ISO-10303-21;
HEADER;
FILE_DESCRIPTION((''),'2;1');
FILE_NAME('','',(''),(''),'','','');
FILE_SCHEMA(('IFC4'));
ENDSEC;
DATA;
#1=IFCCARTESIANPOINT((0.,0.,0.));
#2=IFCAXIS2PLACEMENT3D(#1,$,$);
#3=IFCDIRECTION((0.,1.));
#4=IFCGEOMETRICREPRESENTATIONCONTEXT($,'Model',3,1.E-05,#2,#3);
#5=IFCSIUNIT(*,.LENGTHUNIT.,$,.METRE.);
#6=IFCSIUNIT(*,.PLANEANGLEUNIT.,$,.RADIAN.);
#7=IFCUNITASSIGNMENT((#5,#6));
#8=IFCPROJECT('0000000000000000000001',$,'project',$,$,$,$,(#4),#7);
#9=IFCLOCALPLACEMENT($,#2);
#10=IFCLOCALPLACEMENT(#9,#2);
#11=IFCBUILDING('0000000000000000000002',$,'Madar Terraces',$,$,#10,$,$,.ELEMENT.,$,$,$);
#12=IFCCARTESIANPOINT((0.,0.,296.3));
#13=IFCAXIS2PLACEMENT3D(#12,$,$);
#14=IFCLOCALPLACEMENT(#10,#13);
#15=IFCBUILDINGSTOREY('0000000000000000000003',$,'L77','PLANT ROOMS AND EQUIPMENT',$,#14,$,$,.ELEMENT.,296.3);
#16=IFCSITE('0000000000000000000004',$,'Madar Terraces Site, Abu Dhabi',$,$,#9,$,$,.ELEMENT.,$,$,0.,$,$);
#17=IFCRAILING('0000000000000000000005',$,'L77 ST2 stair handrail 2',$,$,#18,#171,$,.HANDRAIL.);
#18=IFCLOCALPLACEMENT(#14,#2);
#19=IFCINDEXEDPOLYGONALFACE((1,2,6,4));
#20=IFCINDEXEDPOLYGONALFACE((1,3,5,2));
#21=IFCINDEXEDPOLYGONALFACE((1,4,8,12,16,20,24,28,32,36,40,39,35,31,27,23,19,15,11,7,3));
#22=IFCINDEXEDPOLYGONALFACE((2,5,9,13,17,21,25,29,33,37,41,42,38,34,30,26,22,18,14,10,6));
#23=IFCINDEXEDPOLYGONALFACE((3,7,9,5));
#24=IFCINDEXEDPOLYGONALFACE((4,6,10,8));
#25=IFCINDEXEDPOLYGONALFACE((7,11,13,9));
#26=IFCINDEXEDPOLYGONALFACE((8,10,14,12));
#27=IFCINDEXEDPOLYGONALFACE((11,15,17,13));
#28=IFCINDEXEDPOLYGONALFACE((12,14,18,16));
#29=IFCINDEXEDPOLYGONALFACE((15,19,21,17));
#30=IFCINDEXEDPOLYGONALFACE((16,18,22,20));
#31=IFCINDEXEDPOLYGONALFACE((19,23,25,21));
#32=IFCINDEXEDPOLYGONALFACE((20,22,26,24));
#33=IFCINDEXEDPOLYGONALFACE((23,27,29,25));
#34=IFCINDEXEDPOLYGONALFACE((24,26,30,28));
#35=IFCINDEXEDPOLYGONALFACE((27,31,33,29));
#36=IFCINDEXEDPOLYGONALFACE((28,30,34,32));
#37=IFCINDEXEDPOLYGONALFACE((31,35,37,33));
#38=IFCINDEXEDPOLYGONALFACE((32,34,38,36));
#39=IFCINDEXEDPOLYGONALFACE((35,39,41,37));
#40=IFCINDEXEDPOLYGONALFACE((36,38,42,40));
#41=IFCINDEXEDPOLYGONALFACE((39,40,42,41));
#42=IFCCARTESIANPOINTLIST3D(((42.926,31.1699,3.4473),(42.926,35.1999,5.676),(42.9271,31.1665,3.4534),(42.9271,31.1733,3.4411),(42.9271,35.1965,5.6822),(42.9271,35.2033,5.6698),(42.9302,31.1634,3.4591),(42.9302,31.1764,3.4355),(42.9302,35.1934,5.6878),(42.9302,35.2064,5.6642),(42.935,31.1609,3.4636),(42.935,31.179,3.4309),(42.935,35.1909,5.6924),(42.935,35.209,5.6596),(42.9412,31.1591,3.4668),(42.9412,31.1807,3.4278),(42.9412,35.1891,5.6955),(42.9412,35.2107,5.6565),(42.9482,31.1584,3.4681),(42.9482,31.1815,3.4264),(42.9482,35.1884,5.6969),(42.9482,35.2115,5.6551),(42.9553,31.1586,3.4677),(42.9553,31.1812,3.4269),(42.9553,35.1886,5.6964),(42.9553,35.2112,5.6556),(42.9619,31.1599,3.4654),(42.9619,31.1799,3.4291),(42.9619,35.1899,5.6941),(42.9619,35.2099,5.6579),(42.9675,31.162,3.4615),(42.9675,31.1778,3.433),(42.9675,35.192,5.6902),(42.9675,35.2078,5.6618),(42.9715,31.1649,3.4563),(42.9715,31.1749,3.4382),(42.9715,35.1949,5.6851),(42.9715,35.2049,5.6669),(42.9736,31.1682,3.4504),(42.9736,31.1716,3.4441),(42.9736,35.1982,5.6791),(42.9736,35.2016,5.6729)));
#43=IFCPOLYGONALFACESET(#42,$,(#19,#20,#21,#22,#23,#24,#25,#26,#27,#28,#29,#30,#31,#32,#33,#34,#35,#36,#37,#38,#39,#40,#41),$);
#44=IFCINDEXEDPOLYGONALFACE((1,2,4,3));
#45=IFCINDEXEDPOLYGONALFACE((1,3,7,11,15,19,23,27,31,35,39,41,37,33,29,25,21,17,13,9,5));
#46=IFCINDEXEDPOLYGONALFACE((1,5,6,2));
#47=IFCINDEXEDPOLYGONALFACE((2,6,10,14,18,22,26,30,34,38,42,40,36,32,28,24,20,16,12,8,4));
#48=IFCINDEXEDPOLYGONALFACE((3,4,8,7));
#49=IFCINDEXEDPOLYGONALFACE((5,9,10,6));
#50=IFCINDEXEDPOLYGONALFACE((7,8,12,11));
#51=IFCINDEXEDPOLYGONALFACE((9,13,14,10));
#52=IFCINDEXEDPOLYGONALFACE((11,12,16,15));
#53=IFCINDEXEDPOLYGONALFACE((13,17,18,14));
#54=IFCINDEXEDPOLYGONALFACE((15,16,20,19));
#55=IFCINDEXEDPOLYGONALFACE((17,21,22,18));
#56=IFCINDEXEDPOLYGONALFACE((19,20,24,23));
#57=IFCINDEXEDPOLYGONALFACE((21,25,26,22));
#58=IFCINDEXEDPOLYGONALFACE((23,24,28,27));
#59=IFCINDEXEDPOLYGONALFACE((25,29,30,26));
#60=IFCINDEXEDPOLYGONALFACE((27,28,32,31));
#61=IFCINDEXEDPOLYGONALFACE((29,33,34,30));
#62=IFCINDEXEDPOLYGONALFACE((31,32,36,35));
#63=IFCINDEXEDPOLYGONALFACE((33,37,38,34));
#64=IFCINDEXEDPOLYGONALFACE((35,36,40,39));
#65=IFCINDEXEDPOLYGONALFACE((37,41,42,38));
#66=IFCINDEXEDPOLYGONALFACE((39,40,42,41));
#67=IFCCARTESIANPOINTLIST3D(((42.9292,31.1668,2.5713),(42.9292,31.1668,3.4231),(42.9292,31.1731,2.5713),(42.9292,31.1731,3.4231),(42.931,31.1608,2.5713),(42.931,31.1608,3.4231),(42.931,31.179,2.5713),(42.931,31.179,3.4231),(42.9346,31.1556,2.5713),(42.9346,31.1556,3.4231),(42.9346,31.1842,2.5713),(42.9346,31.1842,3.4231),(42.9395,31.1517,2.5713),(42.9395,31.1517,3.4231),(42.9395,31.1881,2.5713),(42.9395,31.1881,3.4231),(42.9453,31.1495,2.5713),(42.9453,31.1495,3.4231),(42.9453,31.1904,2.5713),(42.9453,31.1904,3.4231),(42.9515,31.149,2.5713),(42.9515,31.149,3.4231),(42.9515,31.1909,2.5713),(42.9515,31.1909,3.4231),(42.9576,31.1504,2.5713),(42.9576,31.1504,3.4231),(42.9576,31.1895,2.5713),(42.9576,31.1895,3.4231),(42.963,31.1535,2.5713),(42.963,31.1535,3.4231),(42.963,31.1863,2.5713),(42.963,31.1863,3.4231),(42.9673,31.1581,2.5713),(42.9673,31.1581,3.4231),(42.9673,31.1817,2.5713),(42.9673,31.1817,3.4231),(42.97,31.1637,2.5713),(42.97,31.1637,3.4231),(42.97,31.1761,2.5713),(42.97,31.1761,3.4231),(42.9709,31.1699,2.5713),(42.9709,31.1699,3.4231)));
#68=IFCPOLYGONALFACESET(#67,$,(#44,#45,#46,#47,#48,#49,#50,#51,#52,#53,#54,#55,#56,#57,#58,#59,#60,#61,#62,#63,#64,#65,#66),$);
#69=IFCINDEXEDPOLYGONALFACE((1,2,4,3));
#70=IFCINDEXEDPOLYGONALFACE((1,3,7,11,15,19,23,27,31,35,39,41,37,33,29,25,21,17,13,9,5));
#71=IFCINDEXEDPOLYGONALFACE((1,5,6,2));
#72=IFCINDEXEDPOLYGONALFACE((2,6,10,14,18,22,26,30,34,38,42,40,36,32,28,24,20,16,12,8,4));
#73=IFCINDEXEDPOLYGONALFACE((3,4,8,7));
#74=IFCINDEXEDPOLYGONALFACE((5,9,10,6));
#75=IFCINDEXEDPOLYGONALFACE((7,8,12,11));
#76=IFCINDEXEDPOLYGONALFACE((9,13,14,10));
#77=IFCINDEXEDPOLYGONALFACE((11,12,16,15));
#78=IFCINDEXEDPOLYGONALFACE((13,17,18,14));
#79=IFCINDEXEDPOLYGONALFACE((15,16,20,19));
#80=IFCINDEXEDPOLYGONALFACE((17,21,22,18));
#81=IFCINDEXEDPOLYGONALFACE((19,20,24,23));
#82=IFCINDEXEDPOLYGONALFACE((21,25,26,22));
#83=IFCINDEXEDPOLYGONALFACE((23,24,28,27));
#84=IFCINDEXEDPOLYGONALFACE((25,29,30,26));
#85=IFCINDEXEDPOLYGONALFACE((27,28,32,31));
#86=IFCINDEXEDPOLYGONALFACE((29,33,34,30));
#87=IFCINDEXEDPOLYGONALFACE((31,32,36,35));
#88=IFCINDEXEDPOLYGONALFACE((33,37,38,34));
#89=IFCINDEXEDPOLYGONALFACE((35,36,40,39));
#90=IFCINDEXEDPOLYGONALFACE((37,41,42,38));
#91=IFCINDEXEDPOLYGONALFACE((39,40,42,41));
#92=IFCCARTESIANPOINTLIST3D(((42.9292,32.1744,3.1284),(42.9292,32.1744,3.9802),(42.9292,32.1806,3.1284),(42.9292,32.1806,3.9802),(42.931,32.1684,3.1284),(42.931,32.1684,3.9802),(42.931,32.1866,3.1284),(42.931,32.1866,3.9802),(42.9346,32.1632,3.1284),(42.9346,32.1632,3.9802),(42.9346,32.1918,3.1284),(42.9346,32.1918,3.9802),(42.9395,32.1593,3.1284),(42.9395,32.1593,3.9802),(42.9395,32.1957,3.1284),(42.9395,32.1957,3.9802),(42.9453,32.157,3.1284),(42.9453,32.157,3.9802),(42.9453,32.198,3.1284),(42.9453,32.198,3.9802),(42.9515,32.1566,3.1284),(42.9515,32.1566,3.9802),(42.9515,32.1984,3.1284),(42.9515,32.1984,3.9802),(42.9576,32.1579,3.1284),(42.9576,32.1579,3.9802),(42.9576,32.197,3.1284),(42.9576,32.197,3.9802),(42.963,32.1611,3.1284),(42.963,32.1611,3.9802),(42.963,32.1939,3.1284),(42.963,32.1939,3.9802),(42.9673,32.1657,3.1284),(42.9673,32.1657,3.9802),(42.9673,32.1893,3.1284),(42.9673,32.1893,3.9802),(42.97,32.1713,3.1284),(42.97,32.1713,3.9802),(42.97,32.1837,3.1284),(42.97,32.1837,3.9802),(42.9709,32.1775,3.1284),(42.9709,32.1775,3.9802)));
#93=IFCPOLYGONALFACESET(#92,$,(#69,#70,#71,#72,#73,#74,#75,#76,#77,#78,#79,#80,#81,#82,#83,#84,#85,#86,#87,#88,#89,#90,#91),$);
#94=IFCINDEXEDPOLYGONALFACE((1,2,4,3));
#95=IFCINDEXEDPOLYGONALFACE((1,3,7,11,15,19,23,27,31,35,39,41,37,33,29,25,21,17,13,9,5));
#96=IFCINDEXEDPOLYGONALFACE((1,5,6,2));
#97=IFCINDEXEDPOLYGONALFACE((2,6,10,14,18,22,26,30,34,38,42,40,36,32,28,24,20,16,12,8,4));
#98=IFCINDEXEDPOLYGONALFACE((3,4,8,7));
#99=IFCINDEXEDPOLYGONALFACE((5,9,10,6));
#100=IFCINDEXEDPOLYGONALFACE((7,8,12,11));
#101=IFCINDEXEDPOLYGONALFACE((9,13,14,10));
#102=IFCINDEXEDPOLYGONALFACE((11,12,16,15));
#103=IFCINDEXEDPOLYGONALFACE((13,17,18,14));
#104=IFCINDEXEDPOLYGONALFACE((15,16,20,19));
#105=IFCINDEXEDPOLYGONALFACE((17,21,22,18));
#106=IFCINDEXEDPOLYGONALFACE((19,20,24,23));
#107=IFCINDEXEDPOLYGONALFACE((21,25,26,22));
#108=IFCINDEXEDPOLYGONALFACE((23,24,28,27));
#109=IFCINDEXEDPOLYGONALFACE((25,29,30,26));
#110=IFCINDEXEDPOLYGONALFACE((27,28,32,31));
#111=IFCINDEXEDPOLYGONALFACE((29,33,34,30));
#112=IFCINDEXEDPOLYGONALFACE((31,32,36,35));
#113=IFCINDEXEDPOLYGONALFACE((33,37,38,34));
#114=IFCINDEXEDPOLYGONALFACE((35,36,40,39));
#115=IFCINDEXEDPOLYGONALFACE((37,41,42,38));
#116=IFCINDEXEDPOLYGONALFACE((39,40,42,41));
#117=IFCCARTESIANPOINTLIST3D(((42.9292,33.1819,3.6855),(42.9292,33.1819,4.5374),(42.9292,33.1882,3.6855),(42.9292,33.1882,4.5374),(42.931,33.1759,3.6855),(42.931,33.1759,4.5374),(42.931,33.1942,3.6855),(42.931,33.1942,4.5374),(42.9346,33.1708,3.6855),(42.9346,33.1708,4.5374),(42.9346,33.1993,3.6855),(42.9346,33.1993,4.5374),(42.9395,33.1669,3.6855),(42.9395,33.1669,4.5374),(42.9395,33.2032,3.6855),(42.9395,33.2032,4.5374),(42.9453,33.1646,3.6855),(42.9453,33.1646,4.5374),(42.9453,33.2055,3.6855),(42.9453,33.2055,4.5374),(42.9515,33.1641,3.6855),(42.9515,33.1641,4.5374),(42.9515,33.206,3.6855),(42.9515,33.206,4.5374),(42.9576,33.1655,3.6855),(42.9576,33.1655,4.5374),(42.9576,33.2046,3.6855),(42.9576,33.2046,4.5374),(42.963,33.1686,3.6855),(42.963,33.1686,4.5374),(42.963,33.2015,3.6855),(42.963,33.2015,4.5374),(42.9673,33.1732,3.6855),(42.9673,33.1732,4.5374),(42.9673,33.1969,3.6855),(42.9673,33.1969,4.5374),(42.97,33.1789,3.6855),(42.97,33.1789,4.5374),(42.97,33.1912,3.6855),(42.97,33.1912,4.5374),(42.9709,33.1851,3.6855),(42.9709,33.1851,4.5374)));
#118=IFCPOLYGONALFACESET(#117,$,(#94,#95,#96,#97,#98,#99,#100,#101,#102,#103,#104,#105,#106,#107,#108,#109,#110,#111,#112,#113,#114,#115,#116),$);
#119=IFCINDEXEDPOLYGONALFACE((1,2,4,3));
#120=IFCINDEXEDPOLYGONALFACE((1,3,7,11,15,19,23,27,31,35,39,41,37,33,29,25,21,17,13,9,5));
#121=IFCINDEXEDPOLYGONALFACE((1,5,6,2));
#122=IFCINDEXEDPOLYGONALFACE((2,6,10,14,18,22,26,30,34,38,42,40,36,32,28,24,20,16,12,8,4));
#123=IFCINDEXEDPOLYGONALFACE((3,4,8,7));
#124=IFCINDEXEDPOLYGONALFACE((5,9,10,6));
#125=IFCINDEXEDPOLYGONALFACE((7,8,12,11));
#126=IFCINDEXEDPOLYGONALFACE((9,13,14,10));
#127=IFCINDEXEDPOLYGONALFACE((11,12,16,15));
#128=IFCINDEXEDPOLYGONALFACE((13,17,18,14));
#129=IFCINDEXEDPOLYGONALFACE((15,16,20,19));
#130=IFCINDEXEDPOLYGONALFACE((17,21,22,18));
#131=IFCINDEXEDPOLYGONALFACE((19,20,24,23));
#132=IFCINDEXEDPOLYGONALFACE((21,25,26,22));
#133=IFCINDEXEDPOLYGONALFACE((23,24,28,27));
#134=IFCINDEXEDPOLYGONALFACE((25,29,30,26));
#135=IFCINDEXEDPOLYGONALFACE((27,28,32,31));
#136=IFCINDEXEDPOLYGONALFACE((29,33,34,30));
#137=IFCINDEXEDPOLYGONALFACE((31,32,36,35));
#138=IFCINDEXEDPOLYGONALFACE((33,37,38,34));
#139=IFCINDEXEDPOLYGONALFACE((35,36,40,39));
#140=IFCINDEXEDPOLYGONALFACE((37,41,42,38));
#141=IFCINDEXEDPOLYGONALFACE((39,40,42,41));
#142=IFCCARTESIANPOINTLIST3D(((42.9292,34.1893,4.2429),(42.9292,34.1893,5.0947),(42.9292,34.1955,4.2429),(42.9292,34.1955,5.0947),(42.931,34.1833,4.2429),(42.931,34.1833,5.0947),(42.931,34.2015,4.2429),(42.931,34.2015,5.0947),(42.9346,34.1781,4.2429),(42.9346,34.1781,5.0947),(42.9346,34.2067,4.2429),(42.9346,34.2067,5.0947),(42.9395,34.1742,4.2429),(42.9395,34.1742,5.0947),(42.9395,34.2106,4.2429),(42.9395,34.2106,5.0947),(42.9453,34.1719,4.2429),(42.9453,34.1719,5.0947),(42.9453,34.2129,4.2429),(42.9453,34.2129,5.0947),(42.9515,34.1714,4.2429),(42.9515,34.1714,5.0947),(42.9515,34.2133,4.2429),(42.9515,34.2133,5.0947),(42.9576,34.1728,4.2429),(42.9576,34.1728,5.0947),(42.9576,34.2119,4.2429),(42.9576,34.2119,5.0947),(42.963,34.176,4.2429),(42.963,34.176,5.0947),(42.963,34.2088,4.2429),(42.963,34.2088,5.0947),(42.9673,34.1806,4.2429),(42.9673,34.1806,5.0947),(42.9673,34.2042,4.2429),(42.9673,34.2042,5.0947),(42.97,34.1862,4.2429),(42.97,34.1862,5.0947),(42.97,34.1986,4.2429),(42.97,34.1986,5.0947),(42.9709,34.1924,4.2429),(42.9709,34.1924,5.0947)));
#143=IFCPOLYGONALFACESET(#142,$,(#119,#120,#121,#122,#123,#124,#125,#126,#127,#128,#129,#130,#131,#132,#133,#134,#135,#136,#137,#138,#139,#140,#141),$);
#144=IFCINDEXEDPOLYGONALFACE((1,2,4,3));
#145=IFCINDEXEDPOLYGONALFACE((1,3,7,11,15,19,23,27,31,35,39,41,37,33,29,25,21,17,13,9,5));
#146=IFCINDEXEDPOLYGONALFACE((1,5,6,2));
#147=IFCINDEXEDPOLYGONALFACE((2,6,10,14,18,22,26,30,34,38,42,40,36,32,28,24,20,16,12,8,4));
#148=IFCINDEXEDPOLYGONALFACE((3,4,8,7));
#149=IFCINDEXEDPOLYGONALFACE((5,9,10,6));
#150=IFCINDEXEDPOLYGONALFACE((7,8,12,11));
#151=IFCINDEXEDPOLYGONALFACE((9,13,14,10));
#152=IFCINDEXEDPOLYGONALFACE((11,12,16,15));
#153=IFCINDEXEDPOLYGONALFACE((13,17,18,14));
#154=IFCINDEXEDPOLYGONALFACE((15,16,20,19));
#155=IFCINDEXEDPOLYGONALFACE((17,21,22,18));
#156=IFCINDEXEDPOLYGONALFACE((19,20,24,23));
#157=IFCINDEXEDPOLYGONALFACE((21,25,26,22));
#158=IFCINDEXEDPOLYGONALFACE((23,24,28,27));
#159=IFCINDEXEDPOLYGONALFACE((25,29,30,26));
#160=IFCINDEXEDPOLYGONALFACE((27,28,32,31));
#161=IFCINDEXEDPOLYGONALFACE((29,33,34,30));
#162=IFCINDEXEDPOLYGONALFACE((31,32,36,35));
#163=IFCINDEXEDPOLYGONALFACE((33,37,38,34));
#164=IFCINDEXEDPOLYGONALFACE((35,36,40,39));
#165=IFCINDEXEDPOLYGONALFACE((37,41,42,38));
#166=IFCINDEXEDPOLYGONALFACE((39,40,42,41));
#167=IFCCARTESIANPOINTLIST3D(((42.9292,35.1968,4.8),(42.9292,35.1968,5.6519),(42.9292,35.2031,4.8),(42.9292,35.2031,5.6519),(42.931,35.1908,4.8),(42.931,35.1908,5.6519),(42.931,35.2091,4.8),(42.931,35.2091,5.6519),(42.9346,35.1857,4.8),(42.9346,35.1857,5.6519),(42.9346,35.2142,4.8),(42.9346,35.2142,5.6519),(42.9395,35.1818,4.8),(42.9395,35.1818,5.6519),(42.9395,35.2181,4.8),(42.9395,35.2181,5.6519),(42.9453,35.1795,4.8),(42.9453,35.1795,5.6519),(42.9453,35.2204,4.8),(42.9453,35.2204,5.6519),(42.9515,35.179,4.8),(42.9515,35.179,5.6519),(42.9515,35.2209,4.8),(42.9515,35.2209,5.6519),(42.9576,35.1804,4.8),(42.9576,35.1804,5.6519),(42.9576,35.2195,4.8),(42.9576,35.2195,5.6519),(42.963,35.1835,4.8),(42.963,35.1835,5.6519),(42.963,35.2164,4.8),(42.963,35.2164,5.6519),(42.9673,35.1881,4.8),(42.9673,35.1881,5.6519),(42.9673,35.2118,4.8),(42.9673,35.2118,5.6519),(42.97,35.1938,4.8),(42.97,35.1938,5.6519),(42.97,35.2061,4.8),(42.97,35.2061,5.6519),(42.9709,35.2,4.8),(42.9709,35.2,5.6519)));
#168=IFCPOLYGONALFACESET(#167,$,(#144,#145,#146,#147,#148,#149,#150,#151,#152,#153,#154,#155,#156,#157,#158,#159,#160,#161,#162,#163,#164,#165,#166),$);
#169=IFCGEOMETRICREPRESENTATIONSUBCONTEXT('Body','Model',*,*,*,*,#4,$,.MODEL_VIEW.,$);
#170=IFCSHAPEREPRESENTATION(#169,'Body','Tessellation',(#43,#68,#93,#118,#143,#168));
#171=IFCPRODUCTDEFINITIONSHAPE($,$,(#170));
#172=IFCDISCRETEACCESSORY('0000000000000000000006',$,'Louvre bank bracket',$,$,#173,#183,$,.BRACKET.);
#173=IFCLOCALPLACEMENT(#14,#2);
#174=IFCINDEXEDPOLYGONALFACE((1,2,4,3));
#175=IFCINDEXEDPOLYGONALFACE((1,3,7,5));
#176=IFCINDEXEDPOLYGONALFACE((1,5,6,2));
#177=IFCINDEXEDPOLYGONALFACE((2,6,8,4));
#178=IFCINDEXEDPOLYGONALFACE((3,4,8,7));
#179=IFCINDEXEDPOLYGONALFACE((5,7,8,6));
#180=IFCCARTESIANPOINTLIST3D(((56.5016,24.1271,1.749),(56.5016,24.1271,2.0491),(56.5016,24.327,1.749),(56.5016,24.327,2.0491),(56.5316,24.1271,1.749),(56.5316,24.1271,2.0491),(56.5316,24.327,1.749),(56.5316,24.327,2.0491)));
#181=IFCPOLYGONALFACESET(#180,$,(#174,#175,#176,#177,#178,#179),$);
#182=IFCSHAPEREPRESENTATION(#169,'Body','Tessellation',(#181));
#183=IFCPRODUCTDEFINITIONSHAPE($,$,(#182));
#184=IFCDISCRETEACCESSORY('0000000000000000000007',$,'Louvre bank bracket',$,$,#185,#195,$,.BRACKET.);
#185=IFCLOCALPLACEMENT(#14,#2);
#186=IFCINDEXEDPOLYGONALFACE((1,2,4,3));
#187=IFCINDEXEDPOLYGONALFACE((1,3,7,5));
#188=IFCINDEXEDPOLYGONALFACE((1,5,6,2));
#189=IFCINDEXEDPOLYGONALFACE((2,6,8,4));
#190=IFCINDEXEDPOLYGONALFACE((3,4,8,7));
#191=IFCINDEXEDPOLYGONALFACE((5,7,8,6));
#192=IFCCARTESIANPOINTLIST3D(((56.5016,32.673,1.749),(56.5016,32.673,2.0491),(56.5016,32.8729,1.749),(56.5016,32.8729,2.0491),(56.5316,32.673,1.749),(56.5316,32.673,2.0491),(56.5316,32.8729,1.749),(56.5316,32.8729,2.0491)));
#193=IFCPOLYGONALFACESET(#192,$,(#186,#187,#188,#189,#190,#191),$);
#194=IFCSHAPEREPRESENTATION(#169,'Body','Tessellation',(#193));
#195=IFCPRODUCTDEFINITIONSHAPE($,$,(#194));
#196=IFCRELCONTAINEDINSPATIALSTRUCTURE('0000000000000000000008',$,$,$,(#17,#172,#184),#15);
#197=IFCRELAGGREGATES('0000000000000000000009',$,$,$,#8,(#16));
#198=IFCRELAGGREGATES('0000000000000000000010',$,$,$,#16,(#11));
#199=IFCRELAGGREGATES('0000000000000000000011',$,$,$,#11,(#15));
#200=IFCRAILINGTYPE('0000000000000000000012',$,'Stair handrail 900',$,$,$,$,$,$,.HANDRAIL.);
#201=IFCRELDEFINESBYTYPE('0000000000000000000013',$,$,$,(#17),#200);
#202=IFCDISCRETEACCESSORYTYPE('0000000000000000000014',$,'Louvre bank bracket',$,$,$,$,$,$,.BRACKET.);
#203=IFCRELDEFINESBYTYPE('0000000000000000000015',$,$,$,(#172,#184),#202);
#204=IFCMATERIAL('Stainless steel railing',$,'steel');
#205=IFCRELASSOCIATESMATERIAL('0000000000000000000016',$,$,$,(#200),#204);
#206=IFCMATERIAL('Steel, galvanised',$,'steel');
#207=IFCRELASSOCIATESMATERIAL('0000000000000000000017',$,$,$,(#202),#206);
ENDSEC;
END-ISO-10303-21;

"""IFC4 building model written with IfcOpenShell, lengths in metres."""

from ifc_helpers import new_model, si_unit, direction, frame, origin, origin_2d, place, context, subcontext, project, spatial, rectangle, circle, extrude, material, type_object, element, save


model = new_model("IFC4")

# Units and contexts
model_context = context("Model", 3, precision=1e-05, world=origin(), true_north=direction((0.0, 1.0)))
body_context = subcontext(model_context, "Body", "Model", "MODEL_VIEW")
ifc_project = project(units=[si_unit("LENGTHUNIT", "METRE"), si_unit("PLANEANGLEUNIT", "RADIAN")], contexts=[model_context])

# Site, building, storey
site_placement = place(None, origin())
site = spatial("IfcSite", under=ifc_project, at=site_placement, Name="Madar Terraces Site, Abu Dhabi", CompositionType="ELEMENT", RefElevation=0.0)
building_placement = place(site_placement, origin())
building = spatial("IfcBuilding", under=site, at=building_placement, Name="Madar Terraces", CompositionType="ELEMENT")
storey_placement = place(building_placement, frame((0.0, 0.0, 296.3)))
storey = spatial("IfcBuildingStorey", under=building, at=storey_placement, Name="L77", Description="PLANT ROOMS AND EQUIPMENT", CompositionType="ELEMENT", Elevation=296.3)

# Railing
ifc_material_1 = material(Name="Stainless steel railing", Category="steel")
railing_type_1 = type_object("IfcRailingType", Name="Stair handrail 900", PredefinedType="HANDRAIL", material=ifc_material_1)
railing_1_placement = place(storey_placement, frame((42.95, 31.1699, 2.5713)))
element("IfcRailing", 1, at=railing_1_placement, inside=storey, type_object=railing_type_1, Name="L77 ST2 stair handrail 2", PredefinedType="HANDRAIL", context=body_context, shape_type="SweptSolid", body=[
    extrude(circle(Radius=0.0239, at=origin_2d()), frame((0.0, 0.0, 0.876), z_axis=(0.0, 0.875091, 0.483959), x_axis=(-1.0, 0.0, 0.0)), (0.0, 0.0, 1.0), 4.6052),
    extrude(circle(Radius=0.021, at=origin_2d()), origin(), (0.0, 0.0, 1.0), 0.8518),
    extrude(circle(Radius=0.021, at=origin_2d()), frame((0.0, 1.0076, 0.5571)), (0.0, 0.0, 1.0), 0.8518),
    extrude(circle(Radius=0.021, at=origin_2d()), frame((0.0, 2.0151, 1.1143)), (0.0, 0.0, 1.0), 0.8518),
    extrude(circle(Radius=0.021, at=origin_2d()), frame((0.0, 3.0225, 1.6716)), (0.0, 0.0, 1.0), 0.8518),
    extrude(circle(Radius=0.021, at=origin_2d()), frame((0.0, 4.03, 2.2288)), (0.0, 0.0, 1.0), 0.8518),
])

# Discrete accessories
ifc_material_2 = material(Name="Steel, galvanised", Category="steel")
discrete_accessory_type = type_object("IfcDiscreteAccessoryType", Name="Louvre bank bracket", PredefinedType="BRACKET", material=ifc_material_2)
for number, where, z_axis, x_axis, name in (
    (2, (56.5166, 24.2271, 1.749), (0.0, 0.0, 1.0), (0.0, 1.0, 0.0), "Louvre bank bracket"),
    (3, (56.5166, 32.7729, 1.749), (0.0, 0.0, 1.0), (0.0, 1.0, 0.0), "Louvre bank bracket"),
):
    element("IfcDiscreteAccessory", number, at=place(storey_placement, frame(where, z_axis=z_axis, x_axis=x_axis)), inside=storey, type_object=discrete_accessory_type, Name=name, PredefinedType="BRACKET", context=body_context, shape_type="SweptSolid", body=[
        extrude(rectangle(XDim=0.2, YDim=0.03, at=origin_2d()), origin(), (0.0, 0.0, 1.0), 0.3),
    ])

save(model, "model.ifc")
